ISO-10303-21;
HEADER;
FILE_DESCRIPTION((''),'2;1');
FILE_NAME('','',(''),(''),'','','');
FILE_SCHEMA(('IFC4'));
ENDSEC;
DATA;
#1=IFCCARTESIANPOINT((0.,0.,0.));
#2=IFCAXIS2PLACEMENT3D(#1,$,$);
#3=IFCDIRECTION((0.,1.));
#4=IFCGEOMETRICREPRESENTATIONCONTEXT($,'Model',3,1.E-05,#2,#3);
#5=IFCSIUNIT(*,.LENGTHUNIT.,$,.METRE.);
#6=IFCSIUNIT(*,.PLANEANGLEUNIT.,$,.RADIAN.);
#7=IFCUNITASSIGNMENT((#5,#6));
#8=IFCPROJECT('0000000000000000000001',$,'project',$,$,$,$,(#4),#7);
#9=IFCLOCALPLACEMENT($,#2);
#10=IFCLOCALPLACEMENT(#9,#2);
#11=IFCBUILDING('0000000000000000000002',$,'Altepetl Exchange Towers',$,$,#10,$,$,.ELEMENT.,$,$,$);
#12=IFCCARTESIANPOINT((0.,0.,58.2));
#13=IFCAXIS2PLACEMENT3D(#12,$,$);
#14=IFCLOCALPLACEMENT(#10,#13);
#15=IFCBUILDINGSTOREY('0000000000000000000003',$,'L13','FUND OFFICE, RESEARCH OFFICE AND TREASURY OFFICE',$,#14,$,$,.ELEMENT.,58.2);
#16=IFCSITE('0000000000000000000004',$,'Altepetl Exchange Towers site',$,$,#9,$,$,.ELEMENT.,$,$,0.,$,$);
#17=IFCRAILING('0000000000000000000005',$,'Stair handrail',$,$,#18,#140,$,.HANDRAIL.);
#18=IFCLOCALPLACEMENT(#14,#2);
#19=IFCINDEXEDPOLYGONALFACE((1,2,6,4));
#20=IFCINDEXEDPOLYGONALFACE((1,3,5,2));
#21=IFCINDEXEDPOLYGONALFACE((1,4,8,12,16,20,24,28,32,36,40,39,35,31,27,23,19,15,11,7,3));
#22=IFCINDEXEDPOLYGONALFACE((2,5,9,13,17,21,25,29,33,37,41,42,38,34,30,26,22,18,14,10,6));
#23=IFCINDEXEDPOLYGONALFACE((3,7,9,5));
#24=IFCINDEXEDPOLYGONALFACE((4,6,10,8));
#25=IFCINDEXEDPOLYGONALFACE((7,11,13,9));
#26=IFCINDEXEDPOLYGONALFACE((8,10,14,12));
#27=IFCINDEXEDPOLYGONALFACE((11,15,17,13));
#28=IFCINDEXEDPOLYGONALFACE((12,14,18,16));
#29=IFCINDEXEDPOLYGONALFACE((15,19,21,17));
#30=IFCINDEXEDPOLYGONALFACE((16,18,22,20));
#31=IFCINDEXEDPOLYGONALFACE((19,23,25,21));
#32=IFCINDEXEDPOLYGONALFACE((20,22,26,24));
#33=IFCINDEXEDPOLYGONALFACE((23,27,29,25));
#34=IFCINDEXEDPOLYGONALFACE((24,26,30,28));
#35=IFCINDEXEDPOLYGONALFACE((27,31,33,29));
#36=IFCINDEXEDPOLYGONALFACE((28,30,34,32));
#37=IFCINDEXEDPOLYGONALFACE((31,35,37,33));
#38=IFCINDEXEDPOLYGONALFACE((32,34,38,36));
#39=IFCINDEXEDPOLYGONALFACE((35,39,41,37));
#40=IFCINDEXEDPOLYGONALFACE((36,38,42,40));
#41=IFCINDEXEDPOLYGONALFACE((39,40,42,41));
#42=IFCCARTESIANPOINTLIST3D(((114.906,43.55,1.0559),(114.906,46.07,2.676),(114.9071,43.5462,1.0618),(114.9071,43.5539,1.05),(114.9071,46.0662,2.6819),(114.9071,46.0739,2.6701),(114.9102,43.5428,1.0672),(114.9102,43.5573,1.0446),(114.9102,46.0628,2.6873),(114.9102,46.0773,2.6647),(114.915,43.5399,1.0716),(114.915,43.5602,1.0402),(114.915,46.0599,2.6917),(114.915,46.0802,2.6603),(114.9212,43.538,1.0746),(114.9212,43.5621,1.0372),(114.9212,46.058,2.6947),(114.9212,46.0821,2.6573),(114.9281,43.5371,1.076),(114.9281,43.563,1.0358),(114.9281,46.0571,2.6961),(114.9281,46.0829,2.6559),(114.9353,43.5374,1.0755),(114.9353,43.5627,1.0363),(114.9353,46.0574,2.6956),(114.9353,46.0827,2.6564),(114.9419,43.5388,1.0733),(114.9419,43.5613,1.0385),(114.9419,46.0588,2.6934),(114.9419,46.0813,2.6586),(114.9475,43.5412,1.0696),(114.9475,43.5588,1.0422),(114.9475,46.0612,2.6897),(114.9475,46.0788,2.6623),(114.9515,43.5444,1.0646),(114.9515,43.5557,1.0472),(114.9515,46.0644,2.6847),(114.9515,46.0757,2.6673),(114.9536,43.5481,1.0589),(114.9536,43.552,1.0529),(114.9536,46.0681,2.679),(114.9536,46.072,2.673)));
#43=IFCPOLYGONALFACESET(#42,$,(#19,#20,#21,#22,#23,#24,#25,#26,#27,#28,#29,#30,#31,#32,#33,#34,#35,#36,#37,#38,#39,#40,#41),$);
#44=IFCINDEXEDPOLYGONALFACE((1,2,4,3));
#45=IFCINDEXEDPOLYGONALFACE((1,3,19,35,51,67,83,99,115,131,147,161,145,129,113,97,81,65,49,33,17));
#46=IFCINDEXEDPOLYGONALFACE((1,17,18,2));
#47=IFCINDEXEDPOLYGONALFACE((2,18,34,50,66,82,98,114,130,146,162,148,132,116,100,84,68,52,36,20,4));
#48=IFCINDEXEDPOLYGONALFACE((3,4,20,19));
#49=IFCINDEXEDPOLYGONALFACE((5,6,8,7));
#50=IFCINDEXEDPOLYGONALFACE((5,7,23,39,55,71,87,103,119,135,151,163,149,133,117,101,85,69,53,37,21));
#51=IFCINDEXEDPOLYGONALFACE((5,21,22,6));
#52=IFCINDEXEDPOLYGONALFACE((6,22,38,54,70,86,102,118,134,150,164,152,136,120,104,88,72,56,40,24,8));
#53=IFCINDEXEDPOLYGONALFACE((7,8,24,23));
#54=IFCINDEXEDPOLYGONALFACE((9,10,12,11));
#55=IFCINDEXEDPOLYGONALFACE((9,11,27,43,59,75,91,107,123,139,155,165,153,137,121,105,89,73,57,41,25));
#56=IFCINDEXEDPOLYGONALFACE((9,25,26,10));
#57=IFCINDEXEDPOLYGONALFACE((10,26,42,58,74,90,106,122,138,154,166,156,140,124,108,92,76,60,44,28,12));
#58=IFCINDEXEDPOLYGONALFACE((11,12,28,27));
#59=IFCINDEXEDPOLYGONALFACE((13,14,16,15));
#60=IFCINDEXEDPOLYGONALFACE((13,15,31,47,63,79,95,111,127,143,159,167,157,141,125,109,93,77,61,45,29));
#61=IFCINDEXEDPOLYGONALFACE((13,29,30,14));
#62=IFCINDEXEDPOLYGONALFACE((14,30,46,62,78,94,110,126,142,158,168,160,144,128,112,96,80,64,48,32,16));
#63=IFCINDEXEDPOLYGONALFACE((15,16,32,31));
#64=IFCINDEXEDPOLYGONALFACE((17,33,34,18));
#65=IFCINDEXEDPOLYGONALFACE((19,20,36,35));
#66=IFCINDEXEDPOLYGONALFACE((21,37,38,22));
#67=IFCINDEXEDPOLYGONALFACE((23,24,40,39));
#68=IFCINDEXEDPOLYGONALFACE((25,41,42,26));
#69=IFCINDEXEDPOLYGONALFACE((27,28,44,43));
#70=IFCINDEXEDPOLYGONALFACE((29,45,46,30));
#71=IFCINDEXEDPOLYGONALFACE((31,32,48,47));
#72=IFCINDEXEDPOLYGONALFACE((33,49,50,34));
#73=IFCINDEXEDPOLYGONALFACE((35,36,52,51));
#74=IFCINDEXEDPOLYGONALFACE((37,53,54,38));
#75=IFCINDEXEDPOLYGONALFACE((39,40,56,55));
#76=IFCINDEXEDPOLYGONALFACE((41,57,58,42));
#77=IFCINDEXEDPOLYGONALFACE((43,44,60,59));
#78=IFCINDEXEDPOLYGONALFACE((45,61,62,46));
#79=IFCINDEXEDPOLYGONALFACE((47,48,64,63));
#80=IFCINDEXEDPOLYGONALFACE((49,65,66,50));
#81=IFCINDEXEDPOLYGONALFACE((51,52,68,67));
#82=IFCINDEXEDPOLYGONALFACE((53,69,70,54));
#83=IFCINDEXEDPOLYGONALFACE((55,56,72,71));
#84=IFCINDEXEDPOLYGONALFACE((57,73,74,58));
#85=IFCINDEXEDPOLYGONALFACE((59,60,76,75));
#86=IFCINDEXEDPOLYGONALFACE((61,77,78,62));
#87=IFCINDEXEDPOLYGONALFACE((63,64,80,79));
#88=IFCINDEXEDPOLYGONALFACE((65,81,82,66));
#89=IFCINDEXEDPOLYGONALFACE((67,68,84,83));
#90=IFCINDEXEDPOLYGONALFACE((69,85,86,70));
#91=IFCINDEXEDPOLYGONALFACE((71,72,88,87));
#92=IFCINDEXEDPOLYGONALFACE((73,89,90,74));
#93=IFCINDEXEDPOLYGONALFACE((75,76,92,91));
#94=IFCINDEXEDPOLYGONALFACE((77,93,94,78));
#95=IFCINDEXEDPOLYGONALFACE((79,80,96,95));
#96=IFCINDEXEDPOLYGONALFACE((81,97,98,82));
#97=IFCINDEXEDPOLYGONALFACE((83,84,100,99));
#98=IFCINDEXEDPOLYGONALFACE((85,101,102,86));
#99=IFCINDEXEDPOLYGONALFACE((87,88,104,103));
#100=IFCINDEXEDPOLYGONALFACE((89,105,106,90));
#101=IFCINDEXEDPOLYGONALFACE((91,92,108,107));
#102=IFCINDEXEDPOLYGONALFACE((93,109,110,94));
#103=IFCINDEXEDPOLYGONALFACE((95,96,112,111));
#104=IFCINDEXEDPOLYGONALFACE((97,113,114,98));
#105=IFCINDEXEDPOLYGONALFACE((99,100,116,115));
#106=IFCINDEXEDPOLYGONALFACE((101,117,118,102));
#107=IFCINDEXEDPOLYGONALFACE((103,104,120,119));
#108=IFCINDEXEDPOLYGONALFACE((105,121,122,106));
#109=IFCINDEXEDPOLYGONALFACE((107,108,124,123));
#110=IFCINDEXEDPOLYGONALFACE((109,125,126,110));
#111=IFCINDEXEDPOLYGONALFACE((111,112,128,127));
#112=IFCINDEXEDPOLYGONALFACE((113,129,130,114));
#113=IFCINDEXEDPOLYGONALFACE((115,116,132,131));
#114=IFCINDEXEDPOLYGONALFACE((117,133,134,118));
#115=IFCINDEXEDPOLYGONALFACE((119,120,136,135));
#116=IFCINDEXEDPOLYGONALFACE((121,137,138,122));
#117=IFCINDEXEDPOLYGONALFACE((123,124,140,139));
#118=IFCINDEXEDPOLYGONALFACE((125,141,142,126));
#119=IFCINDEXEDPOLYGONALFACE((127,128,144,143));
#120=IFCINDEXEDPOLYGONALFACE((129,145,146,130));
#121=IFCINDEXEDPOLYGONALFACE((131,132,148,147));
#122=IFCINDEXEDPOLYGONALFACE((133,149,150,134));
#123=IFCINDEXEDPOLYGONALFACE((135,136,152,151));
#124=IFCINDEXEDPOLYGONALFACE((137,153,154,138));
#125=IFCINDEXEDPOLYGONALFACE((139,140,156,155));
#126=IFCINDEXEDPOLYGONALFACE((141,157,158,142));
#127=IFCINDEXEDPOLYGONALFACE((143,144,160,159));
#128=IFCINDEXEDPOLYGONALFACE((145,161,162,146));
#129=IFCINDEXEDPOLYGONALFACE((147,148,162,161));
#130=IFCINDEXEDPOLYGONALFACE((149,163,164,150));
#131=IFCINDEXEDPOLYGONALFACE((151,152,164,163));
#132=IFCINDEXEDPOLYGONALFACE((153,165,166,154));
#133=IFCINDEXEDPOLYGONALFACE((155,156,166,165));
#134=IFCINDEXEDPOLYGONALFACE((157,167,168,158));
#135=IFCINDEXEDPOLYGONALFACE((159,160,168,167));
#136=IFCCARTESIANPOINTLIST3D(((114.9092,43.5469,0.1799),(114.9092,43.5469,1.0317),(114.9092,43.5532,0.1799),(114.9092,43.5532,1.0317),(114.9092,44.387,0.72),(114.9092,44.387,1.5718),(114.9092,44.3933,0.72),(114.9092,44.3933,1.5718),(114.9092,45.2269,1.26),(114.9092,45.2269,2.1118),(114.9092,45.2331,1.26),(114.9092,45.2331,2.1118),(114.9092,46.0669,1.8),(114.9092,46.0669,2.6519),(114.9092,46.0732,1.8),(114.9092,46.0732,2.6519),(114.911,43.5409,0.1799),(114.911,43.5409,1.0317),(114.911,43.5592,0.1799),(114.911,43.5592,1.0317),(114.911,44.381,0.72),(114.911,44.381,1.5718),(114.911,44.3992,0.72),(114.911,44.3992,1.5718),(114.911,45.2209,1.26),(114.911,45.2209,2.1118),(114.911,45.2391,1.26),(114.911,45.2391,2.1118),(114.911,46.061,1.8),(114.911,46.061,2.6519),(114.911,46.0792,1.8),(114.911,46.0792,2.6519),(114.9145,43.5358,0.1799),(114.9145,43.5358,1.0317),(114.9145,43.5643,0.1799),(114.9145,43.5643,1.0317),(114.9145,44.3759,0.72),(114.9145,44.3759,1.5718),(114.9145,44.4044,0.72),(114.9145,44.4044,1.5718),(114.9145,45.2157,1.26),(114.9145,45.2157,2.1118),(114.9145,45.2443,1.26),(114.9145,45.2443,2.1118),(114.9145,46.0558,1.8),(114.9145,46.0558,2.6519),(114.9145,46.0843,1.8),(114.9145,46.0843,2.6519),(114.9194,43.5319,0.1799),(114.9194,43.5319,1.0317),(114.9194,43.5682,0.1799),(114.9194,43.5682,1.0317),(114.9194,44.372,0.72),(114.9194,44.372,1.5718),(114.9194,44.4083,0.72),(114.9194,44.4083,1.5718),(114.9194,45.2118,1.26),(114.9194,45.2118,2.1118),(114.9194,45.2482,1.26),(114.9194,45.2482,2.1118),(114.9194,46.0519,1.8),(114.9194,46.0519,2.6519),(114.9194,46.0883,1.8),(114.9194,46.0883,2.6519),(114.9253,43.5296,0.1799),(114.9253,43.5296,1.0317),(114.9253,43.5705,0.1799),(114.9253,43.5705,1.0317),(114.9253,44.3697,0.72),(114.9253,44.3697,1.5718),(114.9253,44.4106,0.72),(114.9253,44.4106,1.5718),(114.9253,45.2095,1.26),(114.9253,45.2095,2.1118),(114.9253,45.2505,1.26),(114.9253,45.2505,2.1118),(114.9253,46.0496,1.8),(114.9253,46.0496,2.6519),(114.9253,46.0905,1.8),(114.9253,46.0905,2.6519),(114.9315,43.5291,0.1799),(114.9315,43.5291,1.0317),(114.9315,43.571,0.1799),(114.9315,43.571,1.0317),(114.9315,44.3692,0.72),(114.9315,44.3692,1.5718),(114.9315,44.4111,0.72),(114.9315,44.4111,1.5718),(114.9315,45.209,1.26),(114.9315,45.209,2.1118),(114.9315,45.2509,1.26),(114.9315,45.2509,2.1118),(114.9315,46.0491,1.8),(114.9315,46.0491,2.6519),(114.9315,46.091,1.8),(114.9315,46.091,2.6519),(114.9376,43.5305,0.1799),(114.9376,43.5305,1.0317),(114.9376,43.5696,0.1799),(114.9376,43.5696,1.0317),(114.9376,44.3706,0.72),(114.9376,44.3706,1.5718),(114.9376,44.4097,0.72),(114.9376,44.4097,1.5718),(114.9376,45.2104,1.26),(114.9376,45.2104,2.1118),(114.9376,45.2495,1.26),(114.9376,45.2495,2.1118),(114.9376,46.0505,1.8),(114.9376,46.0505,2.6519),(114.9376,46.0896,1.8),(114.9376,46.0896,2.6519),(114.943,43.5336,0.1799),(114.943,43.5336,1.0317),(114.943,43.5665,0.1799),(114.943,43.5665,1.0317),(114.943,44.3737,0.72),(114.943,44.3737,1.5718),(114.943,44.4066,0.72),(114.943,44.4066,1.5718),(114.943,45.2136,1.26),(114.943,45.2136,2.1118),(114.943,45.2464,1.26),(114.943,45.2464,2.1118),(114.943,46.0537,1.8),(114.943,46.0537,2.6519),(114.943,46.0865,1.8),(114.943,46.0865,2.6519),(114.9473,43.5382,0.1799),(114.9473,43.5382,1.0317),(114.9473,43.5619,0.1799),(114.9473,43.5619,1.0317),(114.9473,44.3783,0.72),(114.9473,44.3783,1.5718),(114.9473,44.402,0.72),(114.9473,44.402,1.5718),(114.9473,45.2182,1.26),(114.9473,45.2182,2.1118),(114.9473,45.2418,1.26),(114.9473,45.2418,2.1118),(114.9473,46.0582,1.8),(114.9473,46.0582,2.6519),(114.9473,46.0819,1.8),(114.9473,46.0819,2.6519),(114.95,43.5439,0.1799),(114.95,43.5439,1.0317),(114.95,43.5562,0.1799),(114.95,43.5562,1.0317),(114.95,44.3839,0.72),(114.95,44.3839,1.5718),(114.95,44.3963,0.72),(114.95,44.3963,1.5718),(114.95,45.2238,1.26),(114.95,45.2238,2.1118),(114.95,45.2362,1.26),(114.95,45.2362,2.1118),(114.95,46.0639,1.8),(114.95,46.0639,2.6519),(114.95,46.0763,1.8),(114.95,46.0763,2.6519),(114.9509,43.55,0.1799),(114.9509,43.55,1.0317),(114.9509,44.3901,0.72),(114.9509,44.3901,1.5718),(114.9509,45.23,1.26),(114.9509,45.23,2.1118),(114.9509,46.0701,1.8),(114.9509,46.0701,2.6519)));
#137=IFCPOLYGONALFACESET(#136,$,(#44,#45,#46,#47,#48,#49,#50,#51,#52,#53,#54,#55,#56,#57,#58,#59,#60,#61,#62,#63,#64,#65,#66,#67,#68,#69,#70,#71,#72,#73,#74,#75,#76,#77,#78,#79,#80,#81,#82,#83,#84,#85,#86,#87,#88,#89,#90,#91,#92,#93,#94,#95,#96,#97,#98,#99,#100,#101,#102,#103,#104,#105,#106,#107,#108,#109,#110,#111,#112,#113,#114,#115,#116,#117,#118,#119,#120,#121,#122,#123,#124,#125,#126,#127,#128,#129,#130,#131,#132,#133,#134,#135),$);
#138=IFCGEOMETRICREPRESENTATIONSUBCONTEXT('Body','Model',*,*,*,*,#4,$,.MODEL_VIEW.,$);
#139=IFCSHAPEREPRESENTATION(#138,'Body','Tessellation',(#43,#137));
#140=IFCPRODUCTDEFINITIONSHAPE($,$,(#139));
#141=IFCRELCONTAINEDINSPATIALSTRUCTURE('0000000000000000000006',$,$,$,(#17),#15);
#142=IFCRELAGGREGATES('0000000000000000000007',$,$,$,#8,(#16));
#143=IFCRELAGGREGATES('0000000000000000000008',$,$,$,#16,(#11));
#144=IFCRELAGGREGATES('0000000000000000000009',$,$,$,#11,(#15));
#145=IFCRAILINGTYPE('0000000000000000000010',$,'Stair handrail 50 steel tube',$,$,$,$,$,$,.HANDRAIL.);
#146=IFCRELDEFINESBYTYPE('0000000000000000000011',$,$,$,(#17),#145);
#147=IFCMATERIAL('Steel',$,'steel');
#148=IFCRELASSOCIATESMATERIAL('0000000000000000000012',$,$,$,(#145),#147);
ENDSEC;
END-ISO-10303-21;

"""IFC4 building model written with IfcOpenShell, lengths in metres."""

from ifc_helpers import new_model, si_unit, direction, frame, origin, origin_2d, place, context, subcontext, project, spatial, circle, extrude, source, transform, mapped, material, type_object, element, save


model = new_model("IFC4")

# Units and contexts
model_context = context("Model", 3, precision=1e-05, world=origin(), true_north=direction((0.0, 1.0)))
body_context = subcontext(model_context, "Body", "Model", "MODEL_VIEW")
ifc_project = project(units=[si_unit("LENGTHUNIT", "METRE"), si_unit("PLANEANGLEUNIT", "RADIAN")], contexts=[model_context])

# Site, building, storey
site_placement = place(None, origin())
site = spatial("IfcSite", under=ifc_project, at=site_placement, Name="Altepetl Exchange Towers site", CompositionType="ELEMENT", RefElevation=0.0)
building_placement = place(site_placement, origin())
building = spatial("IfcBuilding", under=site, at=building_placement, Name="Altepetl Exchange Towers", CompositionType="ELEMENT")
storey_placement = place(building_placement, frame((0.0, 0.0, 58.2)))
storey = spatial("IfcBuildingStorey", under=building, at=storey_placement, Name="L13", Description="FUND OFFICE, RESEARCH OFFICE AND TREASURY OFFICE", CompositionType="ELEMENT", Elevation=58.2)

# Railing
ifc_material_1 = material(Name="Steel", Category="steel")
railing_type = type_object("IfcRailingType", Name="Stair handrail 50 steel tube", PredefinedType="HANDRAIL", material=ifc_material_1)
shared_shape = source(origin(), body_context, "Body", "SweptSolid", [
    extrude(circle(Radius=0.021, at=origin_2d()), origin(), (0.0, 0.0, 1.0), 0.8518),
])
railing_1_placement = place(storey_placement, frame((114.9299, 43.55, 0.1799)))
element("IfcRailing", 1, at=railing_1_placement, inside=storey, type_object=railing_type, Name="Stair handrail", PredefinedType="HANDRAIL", context=body_context, shape_type="SweptSolid", body=[
    extrude(circle(Radius=0.0239, at=origin_2d()), frame((0.0, 0.0, 0.876), z_axis=(0.0, 0.841163, 0.540782), x_axis=(-1.0, 0.0, 0.0)), (0.0, 0.0, 1.0), 2.9958),
    mapped(shared_shape, transform((0.0, 0.0, 0.0))),
    mapped(shared_shape, transform((0.0, 0.8401, 0.54))),
    mapped(shared_shape, transform((0.0, 1.6799, 1.0801))),
    mapped(shared_shape, transform((0.0, 2.52, 1.6201))),
])

save(model, "model.ifc")
